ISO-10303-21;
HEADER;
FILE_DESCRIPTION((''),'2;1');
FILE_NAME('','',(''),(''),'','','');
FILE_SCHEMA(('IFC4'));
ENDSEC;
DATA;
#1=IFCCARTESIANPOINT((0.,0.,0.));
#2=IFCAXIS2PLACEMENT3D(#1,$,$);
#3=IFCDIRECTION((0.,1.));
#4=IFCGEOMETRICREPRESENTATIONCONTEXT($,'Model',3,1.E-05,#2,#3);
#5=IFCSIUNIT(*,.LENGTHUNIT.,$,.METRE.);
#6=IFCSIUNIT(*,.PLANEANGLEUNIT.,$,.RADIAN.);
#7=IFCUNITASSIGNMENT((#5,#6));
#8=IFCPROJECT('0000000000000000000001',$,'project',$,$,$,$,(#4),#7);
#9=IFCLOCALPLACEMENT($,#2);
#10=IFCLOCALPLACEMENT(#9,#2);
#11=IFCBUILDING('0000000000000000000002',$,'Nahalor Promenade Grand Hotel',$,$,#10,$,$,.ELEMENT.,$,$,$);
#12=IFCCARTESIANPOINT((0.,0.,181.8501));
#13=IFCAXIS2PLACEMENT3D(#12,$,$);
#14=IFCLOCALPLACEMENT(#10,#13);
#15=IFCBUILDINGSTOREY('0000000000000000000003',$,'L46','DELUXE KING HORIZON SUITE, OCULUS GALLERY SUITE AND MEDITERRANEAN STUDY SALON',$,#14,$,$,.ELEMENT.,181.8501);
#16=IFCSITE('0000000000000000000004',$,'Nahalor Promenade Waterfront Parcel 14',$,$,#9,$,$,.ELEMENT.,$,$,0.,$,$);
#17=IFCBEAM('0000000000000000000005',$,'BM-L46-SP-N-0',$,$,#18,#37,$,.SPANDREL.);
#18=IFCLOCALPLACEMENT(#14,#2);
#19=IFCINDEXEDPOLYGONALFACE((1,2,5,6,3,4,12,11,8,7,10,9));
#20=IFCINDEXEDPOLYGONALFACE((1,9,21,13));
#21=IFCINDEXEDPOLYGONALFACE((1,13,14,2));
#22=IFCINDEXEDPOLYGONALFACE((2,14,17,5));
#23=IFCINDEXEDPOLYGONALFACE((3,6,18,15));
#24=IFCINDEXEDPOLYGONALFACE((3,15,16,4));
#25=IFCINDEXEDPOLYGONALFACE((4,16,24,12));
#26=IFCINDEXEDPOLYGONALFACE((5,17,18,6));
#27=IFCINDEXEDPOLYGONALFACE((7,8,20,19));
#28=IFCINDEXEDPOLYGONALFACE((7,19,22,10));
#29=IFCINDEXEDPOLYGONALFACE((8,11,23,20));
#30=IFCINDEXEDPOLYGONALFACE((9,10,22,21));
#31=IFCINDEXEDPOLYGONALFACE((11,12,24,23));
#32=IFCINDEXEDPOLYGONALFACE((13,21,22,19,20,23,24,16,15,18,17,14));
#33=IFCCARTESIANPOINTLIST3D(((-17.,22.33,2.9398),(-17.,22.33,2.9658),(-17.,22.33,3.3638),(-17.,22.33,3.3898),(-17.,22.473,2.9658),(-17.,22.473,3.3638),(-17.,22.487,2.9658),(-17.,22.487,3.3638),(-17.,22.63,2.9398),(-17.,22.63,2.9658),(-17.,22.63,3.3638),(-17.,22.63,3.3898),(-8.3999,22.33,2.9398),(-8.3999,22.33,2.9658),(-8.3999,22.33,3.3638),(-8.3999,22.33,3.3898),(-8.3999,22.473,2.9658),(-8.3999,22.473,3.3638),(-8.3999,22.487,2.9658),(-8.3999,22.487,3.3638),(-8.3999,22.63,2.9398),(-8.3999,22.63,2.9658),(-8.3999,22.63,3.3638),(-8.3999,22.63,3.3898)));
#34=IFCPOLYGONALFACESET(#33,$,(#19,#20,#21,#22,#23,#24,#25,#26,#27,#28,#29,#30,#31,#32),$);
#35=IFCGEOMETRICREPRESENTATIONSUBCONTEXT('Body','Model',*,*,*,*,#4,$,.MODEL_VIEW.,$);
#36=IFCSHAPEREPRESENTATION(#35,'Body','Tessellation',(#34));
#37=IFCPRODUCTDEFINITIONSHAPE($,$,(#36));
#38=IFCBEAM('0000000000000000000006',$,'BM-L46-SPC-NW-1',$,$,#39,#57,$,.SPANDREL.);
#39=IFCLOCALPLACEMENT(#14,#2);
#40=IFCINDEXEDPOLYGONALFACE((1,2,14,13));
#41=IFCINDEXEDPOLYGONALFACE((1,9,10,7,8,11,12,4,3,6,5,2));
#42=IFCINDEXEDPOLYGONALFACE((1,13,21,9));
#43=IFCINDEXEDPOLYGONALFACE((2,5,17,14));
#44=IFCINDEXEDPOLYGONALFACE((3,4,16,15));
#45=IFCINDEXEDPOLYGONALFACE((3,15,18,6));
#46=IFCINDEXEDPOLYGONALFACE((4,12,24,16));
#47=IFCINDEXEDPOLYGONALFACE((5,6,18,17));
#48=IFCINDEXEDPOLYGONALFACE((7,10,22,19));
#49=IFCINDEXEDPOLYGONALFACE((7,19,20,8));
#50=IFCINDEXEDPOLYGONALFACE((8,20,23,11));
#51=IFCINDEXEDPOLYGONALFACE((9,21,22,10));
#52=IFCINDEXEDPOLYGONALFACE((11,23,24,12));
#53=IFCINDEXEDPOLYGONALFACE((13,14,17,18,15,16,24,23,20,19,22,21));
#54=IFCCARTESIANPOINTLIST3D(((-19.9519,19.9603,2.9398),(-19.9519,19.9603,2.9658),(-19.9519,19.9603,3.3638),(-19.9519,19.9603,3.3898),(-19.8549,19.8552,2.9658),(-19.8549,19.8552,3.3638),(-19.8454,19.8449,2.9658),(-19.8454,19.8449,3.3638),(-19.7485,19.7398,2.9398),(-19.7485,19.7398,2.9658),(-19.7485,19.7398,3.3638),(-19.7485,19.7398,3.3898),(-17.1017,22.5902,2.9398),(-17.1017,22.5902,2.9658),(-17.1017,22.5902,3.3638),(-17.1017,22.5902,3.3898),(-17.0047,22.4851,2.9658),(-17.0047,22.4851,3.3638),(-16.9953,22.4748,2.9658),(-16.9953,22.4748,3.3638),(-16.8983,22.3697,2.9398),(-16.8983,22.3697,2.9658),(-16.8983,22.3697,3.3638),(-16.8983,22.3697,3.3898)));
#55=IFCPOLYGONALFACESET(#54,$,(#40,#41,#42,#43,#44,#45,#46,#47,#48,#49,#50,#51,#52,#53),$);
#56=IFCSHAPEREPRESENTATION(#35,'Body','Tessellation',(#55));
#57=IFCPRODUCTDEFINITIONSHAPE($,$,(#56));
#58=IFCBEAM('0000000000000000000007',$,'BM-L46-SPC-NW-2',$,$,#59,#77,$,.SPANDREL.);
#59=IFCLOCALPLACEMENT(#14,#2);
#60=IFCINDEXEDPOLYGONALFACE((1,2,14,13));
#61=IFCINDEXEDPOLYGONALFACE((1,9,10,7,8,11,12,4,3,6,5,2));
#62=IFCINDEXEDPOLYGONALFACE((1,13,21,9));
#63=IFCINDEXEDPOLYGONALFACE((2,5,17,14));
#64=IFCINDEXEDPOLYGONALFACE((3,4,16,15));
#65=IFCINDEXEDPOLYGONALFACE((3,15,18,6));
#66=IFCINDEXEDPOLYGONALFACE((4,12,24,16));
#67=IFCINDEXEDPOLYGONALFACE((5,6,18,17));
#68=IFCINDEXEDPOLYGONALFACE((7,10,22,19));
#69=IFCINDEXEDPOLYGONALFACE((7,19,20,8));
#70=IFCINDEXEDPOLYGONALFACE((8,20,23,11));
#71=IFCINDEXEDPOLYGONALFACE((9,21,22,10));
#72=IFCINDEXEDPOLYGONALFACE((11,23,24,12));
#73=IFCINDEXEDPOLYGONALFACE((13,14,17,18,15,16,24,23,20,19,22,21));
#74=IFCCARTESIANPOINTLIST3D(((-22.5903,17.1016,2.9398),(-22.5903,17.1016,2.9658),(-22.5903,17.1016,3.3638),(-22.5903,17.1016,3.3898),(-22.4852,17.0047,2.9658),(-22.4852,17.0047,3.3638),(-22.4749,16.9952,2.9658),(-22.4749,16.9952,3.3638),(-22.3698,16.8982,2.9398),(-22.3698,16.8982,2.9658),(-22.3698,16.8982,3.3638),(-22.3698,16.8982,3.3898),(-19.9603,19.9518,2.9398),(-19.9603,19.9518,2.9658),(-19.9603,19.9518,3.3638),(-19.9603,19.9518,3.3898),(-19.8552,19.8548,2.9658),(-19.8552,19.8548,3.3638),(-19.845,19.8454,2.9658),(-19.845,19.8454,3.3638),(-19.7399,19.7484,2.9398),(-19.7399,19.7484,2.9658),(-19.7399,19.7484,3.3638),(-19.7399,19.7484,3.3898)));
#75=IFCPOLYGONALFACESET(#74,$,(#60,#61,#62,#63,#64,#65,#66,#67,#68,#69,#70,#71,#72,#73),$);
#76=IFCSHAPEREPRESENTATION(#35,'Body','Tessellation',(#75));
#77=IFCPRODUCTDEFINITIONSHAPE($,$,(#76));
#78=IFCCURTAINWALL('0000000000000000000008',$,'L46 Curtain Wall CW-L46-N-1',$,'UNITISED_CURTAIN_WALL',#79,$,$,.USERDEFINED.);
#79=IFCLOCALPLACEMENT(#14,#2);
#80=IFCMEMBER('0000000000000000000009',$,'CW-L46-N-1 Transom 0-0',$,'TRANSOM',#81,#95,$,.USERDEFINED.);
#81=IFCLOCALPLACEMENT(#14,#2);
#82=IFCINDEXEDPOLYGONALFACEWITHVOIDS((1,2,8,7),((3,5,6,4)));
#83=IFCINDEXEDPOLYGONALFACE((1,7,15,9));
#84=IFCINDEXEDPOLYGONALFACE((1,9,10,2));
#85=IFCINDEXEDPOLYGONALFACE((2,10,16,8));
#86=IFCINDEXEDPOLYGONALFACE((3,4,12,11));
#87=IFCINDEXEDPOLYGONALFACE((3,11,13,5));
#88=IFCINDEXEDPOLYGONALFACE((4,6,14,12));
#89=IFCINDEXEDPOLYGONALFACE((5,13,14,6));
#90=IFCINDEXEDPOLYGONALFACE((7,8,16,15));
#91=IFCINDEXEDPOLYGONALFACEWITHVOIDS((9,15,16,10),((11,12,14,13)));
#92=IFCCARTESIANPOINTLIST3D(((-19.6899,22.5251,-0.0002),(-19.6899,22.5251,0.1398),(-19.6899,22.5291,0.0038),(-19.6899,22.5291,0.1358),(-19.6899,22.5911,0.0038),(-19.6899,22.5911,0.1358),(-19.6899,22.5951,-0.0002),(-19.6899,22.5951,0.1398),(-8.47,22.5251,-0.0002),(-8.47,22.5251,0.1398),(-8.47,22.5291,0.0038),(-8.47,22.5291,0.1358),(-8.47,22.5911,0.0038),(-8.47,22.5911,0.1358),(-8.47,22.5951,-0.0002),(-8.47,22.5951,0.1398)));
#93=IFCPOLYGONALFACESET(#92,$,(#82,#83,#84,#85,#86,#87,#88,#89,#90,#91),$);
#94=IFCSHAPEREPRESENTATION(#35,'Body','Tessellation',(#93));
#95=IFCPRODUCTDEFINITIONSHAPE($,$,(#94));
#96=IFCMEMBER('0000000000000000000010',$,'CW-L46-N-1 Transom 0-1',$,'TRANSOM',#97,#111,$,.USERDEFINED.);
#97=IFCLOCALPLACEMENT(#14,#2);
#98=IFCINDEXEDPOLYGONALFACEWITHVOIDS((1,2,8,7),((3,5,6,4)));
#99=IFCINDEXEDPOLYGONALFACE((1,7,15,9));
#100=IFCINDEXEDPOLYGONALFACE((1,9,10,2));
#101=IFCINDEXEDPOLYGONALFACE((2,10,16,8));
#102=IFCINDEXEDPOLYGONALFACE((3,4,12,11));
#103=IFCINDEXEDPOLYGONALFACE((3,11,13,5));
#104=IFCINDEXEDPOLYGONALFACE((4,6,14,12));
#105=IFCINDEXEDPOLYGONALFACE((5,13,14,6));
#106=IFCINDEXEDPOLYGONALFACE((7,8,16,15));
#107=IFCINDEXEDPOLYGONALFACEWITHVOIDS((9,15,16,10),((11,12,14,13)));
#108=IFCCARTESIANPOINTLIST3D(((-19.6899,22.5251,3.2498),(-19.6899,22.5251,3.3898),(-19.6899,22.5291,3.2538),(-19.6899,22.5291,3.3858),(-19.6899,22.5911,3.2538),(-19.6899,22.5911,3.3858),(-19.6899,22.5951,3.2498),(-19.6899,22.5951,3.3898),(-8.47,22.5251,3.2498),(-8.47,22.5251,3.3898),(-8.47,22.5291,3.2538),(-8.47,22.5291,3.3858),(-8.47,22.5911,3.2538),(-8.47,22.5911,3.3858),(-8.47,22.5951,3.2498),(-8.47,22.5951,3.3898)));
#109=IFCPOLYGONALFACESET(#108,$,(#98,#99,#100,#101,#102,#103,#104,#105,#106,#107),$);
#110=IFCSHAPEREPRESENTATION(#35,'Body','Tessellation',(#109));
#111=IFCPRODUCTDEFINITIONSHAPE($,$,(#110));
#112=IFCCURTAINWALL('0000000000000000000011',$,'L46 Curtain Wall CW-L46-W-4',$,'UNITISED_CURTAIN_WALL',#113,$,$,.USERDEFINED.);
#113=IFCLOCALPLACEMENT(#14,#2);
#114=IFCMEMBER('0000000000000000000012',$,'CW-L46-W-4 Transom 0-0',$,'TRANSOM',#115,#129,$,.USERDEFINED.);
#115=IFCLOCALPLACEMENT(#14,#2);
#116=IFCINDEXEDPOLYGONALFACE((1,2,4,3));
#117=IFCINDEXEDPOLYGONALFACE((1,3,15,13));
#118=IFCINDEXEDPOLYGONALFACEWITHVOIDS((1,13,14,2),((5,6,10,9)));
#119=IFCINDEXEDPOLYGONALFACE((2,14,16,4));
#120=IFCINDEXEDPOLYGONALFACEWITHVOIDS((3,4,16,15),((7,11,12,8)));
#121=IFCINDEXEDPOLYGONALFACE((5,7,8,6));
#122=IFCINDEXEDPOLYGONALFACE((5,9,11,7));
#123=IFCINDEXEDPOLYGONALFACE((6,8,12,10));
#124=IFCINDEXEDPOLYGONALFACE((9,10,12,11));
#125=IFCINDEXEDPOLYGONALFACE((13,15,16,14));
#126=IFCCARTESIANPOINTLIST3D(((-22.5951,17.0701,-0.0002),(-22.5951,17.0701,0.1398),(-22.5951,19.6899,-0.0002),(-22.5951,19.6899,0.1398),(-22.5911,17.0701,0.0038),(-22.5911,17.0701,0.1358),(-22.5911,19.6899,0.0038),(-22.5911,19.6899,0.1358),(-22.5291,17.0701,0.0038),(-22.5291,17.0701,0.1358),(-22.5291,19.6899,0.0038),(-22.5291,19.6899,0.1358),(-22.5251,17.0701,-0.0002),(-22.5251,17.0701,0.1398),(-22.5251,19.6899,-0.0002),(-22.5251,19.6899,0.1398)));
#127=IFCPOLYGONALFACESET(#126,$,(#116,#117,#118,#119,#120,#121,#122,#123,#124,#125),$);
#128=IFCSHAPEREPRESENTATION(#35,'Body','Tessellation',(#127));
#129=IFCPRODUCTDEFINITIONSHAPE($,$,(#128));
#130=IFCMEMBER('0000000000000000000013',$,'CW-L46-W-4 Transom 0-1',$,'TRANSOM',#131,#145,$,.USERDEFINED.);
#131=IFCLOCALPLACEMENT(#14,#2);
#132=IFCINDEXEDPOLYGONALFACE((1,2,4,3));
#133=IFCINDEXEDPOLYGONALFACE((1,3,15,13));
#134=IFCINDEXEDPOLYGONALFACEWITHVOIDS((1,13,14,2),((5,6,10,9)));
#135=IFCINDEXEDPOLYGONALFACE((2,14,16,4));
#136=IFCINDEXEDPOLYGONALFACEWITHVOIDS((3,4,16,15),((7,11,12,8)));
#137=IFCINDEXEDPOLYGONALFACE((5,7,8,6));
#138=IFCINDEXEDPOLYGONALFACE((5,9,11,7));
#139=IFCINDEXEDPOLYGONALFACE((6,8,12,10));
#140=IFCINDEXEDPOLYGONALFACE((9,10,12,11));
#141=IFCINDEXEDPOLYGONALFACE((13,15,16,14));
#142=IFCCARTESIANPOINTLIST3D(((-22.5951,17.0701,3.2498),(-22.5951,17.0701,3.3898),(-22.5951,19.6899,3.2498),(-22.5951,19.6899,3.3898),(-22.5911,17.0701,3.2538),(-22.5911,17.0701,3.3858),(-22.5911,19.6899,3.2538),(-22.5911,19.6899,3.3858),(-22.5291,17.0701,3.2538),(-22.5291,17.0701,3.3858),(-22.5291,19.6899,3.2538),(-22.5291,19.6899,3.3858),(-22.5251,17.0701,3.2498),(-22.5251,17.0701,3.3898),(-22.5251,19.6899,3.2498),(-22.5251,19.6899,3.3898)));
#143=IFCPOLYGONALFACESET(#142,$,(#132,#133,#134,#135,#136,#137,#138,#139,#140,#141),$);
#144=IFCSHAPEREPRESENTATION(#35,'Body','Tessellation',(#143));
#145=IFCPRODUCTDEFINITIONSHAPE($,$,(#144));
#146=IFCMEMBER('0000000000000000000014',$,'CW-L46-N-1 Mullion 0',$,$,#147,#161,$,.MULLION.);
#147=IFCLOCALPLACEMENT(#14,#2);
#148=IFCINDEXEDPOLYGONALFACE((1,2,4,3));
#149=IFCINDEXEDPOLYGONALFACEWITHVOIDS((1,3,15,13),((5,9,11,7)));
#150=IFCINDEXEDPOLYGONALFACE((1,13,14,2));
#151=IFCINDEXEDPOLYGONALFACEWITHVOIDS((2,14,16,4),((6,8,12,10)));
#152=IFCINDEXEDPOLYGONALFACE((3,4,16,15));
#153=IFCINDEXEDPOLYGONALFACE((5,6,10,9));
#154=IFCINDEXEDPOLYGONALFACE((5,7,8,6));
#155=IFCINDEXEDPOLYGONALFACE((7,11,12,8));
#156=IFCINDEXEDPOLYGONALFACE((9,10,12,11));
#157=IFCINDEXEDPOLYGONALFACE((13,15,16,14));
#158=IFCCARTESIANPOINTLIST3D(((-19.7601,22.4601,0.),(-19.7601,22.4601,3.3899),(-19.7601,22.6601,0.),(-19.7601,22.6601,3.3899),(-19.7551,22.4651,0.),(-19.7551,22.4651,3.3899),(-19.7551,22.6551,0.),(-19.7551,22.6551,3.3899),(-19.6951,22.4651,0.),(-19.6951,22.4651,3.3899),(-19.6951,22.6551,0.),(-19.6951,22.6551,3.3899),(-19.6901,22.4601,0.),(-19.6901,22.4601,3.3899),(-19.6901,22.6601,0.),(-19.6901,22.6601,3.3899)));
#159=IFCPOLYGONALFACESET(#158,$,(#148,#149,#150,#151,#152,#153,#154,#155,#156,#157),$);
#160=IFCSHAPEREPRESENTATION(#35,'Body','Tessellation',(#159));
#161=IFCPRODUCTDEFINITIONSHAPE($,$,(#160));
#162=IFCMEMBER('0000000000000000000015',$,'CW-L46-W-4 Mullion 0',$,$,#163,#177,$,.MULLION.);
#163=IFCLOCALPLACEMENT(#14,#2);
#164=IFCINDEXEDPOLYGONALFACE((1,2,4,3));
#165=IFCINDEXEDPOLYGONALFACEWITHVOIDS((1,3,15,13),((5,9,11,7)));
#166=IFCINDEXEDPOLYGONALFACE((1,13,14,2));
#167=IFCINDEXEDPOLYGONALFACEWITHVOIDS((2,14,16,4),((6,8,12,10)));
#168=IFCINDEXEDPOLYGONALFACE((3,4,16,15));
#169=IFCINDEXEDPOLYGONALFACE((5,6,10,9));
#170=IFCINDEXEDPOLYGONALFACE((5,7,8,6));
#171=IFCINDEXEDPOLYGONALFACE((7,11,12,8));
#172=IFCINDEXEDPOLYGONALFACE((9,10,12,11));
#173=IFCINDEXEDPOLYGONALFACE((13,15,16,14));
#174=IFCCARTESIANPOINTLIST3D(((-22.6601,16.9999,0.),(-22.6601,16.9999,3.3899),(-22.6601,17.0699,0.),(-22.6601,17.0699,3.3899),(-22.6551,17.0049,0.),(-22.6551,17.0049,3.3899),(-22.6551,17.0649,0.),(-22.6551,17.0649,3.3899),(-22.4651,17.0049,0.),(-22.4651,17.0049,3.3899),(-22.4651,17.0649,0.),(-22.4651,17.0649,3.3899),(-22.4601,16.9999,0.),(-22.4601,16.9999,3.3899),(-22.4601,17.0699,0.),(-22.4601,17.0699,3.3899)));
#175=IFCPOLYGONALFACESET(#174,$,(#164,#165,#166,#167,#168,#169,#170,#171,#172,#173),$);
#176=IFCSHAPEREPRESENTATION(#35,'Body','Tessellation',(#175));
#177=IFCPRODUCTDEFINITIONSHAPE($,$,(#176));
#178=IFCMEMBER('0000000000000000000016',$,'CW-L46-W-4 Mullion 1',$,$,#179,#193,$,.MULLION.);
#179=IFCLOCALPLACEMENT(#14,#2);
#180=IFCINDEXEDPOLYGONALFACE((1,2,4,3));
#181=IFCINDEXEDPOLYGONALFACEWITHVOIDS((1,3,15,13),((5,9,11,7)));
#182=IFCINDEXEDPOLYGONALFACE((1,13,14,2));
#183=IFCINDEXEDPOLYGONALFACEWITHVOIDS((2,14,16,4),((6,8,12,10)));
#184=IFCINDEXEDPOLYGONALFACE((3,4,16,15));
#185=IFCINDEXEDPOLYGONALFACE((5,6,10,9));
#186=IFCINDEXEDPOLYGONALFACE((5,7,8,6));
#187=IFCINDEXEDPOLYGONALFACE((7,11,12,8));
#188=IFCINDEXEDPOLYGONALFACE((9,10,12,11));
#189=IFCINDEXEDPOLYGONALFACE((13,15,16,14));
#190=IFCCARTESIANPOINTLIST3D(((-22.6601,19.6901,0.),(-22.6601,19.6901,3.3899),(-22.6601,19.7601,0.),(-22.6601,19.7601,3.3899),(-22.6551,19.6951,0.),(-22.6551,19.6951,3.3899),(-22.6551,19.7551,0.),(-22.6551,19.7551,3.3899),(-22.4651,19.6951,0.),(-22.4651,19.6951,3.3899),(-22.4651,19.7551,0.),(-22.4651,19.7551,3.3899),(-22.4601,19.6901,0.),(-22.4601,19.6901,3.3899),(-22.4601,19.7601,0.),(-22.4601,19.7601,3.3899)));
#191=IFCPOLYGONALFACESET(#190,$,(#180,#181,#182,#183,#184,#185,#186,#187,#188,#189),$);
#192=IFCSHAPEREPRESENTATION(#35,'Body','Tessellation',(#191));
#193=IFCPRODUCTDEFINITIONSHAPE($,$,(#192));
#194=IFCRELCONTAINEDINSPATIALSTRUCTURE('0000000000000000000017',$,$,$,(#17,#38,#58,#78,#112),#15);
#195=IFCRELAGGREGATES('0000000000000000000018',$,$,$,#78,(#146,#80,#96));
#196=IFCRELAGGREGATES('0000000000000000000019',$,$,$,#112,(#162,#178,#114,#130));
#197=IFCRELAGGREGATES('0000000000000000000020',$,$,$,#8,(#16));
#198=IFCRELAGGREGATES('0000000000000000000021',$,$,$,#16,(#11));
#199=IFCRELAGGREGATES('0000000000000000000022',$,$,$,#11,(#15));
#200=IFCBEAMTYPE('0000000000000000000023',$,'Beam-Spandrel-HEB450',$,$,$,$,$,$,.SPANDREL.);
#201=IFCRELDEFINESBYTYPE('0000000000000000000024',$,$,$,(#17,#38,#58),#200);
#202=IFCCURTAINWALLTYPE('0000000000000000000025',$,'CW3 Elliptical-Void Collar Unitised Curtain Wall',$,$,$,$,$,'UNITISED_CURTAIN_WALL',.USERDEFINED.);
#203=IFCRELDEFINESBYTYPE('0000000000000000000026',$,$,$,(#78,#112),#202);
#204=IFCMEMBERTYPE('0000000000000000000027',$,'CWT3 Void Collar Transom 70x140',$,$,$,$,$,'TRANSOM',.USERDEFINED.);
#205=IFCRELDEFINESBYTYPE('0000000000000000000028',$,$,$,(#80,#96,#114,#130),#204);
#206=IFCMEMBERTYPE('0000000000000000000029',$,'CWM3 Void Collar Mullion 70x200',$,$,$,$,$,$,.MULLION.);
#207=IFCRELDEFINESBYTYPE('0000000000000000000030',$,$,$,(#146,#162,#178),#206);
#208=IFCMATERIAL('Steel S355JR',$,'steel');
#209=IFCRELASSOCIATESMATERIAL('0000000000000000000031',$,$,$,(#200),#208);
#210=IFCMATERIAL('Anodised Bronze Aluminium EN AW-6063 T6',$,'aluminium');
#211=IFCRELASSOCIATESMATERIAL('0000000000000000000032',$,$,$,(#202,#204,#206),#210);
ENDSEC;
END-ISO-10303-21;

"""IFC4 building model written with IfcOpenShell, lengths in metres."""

from ifc_helpers import new_model, si_unit, direction, frame, origin, origin_2d, place, context, subcontext, project, spatial, hollow_rectangle, i_section, extrude, source, transform, mapped, material, material_profile, profile_set, type_object, element, aggregate, save


model = new_model("IFC4")

# Units and contexts
model_context = context("Model", 3, precision=1e-05, world=origin(), true_north=direction((0.0, 1.0)))
body_context = subcontext(model_context, "Body", "Model", "MODEL_VIEW")
ifc_project = project(units=[si_unit("LENGTHUNIT", "METRE"), si_unit("PLANEANGLEUNIT", "RADIAN")], contexts=[model_context])

# Site, building, storey
site_placement = place(None, origin())
site = spatial("IfcSite", under=ifc_project, at=site_placement, Name="Nahalor Promenade Waterfront Parcel 14", CompositionType="ELEMENT", RefElevation=0.0)
building_placement = place(site_placement, origin())
building = spatial("IfcBuilding", under=site, at=building_placement, Name="Nahalor Promenade Grand Hotel", CompositionType="ELEMENT")
storey_placement = place(building_placement, frame((0.0, 0.0, 181.8501)))
storey = spatial("IfcBuildingStorey", under=building, at=storey_placement, Name="L46", Description="DELUXE KING HORIZON SUITE, OCULUS GALLERY SUITE AND MEDITERRANEAN STUDY SALON", CompositionType="ELEMENT", Elevation=181.8501)

# Beams
ifc_material_1 = material(Name="Steel S355JR", Category="steel")
ifc_material_profile_1 = material_profile(ifc_material_1, i_section(OverallWidth=0.3, OverallDepth=0.45, WebThickness=0.014, FlangeThickness=0.026, at=origin_2d()), Name="HEB 450")
ifc_profile_set_1 = profile_set([ifc_material_profile_1], Name="Steel S355JR")
beam_type_1 = type_object("IfcBeamType", Name="Beam-Spandrel-HEB450", PredefinedType="SPANDREL", material=ifc_profile_set_1)
shared_shape_1 = source(origin(), body_context, "Body", "SweptSolid", [
    extrude(i_section(OverallWidth=0.3, OverallDepth=0.45, WebThickness=0.014, FlangeThickness=0.026, at=origin_2d()), origin(), (0.0, 0.0, 1.0), 8.6001),
])
beam_1_placement = place(storey_placement, frame((-17.0, 22.48, 3.1648), z_axis=(1.0, 0.0, 0.0), x_axis=(0.0, 1.0, 0.0)))
element("IfcBeam", 1, at=beam_1_placement, inside=storey, type_object=beam_type_1, Name="BM-L46-SP-N-0", PredefinedType="SPANDREL", context=body_context, shape_type="MappedRepresentation", body=[
    mapped(shared_shape_1, transform((0.0, 0.0, 0.0), scale=1.0)),
])
shared_shape_2 = source(origin(), body_context, "Body", "SweptSolid", [
    extrude(i_section(OverallWidth=0.3, OverallDepth=0.45, WebThickness=0.014, FlangeThickness=0.026, at=origin_2d()), origin(), (0.0, 0.0, 1.0), 3.8782),
])
for number, where, z_axis, x_axis, name in (
    (2, (-17.0, 22.48, 3.1648), (-0.734929, -0.678144, 0.0), (0.678144, -0.734929, 0.0), "BM-L46-SPC-NW-1"),
    (3, (-19.8501, 19.8501, 3.1648), (-0.678144, -0.734929, 0.0), (0.734929, -0.678144, 0.0), "BM-L46-SPC-NW-2"),
):
    element("IfcBeam", number, at=place(storey_placement, frame(where, z_axis=z_axis, x_axis=x_axis)), inside=storey, type_object=beam_type_1, Name=name, PredefinedType="SPANDREL", context=body_context, shape_type="MappedRepresentation", body=[
        mapped(shared_shape_2, transform((0.0, 0.0, 0.0), scale=1.0)),
    ])

# Curtain walls, members
ifc_material_2 = material(Name="Anodised Bronze Aluminium EN AW-6063 T6", Category="aluminium")
curtain_wall_type = type_object("IfcCurtainWallType", Name="CW3 Elliptical-Void Collar Unitised Curtain Wall", ElementType="UNITISED_CURTAIN_WALL", PredefinedType="USERDEFINED", material=ifc_material_2)
curtain_wall_1_placement = place(storey_placement, origin())
curtain_wall_1 = element("IfcCurtainWall", 4, at=curtain_wall_1_placement, inside=storey, type_object=curtain_wall_type, Name="L46 Curtain Wall CW-L46-N-1", ObjectType="UNITISED_CURTAIN_WALL", PredefinedType="USERDEFINED")
ifc_material_profile_2 = material_profile(ifc_material_2, hollow_rectangle(XDim=0.07, YDim=0.14, WallThickness=0.004, at=origin_2d()), Name="CWT 70x140x4")
ifc_profile_set_2 = profile_set([ifc_material_profile_2], Name="Anodised Bronze Aluminium EN AW-6063 T6")
member_type_1 = type_object("IfcMemberType", Name="CWT3 Void Collar Transom 70x140", ElementType="TRANSOM", PredefinedType="USERDEFINED", material=ifc_profile_set_2)
shared_shape_3 = source(origin(), body_context, "Body", "SweptSolid", [
    extrude(hollow_rectangle(XDim=0.07, YDim=0.14, WallThickness=0.004, at=origin_2d()), origin(), (0.0, 0.0, 1.0), 11.22),
])
member_1_placement = place(storey_placement, frame((-19.6899, 22.5601, 0.0698), z_axis=(1.0, 0.0, 0.0), x_axis=(0.0, 1.0, 0.0)))
member_1 = element("IfcMember", 5, at=member_1_placement, type_object=member_type_1, Name="CW-L46-N-1 Transom 0-0", ObjectType="TRANSOM", PredefinedType="USERDEFINED", context=body_context, shape_type="MappedRepresentation", body=[
    mapped(shared_shape_3, transform((0.0, 0.0, 0.0), scale=1.0)),
])
member_2_placement = place(storey_placement, frame((-19.6899, 22.5601, 3.3198), z_axis=(1.0, 0.0, 0.0), x_axis=(0.0, 1.0, 0.0)))
member_2 = element("IfcMember", 6, at=member_2_placement, type_object=member_type_1, Name="CW-L46-N-1 Transom 0-1", ObjectType="TRANSOM", PredefinedType="USERDEFINED", context=body_context, shape_type="MappedRepresentation", body=[
    mapped(shared_shape_3, transform((0.0, 0.0, 0.0), scale=1.0)),
])
curtain_wall_2_placement = place(storey_placement, origin())
curtain_wall_2 = element("IfcCurtainWall", 7, at=curtain_wall_2_placement, inside=storey, type_object=curtain_wall_type, Name="L46 Curtain Wall CW-L46-W-4", ObjectType="UNITISED_CURTAIN_WALL", PredefinedType="USERDEFINED")
shared_shape_4 = source(origin(), body_context, "Body", "SweptSolid", [
    extrude(hollow_rectangle(XDim=0.07, YDim=0.14, WallThickness=0.004, at=origin_2d()), origin(), (0.0, 0.0, 1.0), 2.6199),
])
member_3_placement = place(storey_placement, frame((-22.5601, 17.0701, 0.0698), z_axis=(0.0, 1.0, 0.0), x_axis=(-1.0, 0.0, 0.0)))
member_3 = element("IfcMember", 8, at=member_3_placement, type_object=member_type_1, Name="CW-L46-W-4 Transom 0-0", ObjectType="TRANSOM", PredefinedType="USERDEFINED", context=body_context, shape_type="MappedRepresentation", body=[
    mapped(shared_shape_4, transform((0.0, 0.0, 0.0), scale=1.0)),
])
member_4_placement = place(storey_placement, frame((-22.5601, 17.0701, 3.3198), z_axis=(0.0, 1.0, 0.0), x_axis=(-1.0, 0.0, 0.0)))
member_4 = element("IfcMember", 9, at=member_4_placement, type_object=member_type_1, Name="CW-L46-W-4 Transom 0-1", ObjectType="TRANSOM", PredefinedType="USERDEFINED", context=body_context, shape_type="MappedRepresentation", body=[
    mapped(shared_shape_4, transform((0.0, 0.0, 0.0), scale=1.0)),
])

# Members
ifc_material_profile_3 = material_profile(ifc_material_2, hollow_rectangle(XDim=0.07, YDim=0.2, WallThickness=0.005, at=origin_2d()), Name="CWM 70x200x5")
ifc_profile_set_3 = profile_set([ifc_material_profile_3], Name="Anodised Bronze Aluminium EN AW-6063 T6")
member_type_2 = type_object("IfcMemberType", Name="CWM3 Void Collar Mullion 70x200", PredefinedType="MULLION", material=ifc_profile_set_3)
shared_shape_5 = source(origin(), body_context, "Body", "SweptSolid", [
    extrude(hollow_rectangle(XDim=0.07, YDim=0.2, WallThickness=0.005, at=origin_2d()), origin(), (0.0, 0.0, 1.0), 3.3899),
])
member_5_placement = place(storey_placement, frame((-19.7251, 22.5601, 0.0), z_axis=(0.0, 0.0, 1.0), x_axis=(1.0, 0.0, 0.0)))
member_5 = element("IfcMember", 10, at=member_5_placement, type_object=member_type_2, Name="CW-L46-N-1 Mullion 0", PredefinedType="MULLION", context=body_context, shape_type="MappedRepresentation", body=[
    mapped(shared_shape_5, transform((0.0, 0.0, 0.0), scale=1.0)),
])
aggregate(curtain_wall_1, [member_5, member_1, member_2])
member_6_placement = place(storey_placement, frame((-22.5601, 17.0349, 0.0), z_axis=(0.0, 0.0, 1.0), x_axis=(0.0, 1.0, 0.0)))
member_6 = element("IfcMember", 11, at=member_6_placement, type_object=member_type_2, Name="CW-L46-W-4 Mullion 0", PredefinedType="MULLION", context=body_context, shape_type="MappedRepresentation", body=[
    mapped(shared_shape_5, transform((0.0, 0.0, 0.0), scale=1.0)),
])
member_7_placement = place(storey_placement, frame((-22.5601, 19.7251, 0.0), z_axis=(0.0, 0.0, 1.0), x_axis=(0.0, 1.0, 0.0)))
member_7 = element("IfcMember", 12, at=member_7_placement, type_object=member_type_2, Name="CW-L46-W-4 Mullion 1", PredefinedType="MULLION", context=body_context, shape_type="MappedRepresentation", body=[
    mapped(shared_shape_5, transform((0.0, 0.0, 0.0), scale=1.0)),
])

aggregate(curtain_wall_2, [member_6, member_7, member_3, member_4])

save(model, "model.ifc")
